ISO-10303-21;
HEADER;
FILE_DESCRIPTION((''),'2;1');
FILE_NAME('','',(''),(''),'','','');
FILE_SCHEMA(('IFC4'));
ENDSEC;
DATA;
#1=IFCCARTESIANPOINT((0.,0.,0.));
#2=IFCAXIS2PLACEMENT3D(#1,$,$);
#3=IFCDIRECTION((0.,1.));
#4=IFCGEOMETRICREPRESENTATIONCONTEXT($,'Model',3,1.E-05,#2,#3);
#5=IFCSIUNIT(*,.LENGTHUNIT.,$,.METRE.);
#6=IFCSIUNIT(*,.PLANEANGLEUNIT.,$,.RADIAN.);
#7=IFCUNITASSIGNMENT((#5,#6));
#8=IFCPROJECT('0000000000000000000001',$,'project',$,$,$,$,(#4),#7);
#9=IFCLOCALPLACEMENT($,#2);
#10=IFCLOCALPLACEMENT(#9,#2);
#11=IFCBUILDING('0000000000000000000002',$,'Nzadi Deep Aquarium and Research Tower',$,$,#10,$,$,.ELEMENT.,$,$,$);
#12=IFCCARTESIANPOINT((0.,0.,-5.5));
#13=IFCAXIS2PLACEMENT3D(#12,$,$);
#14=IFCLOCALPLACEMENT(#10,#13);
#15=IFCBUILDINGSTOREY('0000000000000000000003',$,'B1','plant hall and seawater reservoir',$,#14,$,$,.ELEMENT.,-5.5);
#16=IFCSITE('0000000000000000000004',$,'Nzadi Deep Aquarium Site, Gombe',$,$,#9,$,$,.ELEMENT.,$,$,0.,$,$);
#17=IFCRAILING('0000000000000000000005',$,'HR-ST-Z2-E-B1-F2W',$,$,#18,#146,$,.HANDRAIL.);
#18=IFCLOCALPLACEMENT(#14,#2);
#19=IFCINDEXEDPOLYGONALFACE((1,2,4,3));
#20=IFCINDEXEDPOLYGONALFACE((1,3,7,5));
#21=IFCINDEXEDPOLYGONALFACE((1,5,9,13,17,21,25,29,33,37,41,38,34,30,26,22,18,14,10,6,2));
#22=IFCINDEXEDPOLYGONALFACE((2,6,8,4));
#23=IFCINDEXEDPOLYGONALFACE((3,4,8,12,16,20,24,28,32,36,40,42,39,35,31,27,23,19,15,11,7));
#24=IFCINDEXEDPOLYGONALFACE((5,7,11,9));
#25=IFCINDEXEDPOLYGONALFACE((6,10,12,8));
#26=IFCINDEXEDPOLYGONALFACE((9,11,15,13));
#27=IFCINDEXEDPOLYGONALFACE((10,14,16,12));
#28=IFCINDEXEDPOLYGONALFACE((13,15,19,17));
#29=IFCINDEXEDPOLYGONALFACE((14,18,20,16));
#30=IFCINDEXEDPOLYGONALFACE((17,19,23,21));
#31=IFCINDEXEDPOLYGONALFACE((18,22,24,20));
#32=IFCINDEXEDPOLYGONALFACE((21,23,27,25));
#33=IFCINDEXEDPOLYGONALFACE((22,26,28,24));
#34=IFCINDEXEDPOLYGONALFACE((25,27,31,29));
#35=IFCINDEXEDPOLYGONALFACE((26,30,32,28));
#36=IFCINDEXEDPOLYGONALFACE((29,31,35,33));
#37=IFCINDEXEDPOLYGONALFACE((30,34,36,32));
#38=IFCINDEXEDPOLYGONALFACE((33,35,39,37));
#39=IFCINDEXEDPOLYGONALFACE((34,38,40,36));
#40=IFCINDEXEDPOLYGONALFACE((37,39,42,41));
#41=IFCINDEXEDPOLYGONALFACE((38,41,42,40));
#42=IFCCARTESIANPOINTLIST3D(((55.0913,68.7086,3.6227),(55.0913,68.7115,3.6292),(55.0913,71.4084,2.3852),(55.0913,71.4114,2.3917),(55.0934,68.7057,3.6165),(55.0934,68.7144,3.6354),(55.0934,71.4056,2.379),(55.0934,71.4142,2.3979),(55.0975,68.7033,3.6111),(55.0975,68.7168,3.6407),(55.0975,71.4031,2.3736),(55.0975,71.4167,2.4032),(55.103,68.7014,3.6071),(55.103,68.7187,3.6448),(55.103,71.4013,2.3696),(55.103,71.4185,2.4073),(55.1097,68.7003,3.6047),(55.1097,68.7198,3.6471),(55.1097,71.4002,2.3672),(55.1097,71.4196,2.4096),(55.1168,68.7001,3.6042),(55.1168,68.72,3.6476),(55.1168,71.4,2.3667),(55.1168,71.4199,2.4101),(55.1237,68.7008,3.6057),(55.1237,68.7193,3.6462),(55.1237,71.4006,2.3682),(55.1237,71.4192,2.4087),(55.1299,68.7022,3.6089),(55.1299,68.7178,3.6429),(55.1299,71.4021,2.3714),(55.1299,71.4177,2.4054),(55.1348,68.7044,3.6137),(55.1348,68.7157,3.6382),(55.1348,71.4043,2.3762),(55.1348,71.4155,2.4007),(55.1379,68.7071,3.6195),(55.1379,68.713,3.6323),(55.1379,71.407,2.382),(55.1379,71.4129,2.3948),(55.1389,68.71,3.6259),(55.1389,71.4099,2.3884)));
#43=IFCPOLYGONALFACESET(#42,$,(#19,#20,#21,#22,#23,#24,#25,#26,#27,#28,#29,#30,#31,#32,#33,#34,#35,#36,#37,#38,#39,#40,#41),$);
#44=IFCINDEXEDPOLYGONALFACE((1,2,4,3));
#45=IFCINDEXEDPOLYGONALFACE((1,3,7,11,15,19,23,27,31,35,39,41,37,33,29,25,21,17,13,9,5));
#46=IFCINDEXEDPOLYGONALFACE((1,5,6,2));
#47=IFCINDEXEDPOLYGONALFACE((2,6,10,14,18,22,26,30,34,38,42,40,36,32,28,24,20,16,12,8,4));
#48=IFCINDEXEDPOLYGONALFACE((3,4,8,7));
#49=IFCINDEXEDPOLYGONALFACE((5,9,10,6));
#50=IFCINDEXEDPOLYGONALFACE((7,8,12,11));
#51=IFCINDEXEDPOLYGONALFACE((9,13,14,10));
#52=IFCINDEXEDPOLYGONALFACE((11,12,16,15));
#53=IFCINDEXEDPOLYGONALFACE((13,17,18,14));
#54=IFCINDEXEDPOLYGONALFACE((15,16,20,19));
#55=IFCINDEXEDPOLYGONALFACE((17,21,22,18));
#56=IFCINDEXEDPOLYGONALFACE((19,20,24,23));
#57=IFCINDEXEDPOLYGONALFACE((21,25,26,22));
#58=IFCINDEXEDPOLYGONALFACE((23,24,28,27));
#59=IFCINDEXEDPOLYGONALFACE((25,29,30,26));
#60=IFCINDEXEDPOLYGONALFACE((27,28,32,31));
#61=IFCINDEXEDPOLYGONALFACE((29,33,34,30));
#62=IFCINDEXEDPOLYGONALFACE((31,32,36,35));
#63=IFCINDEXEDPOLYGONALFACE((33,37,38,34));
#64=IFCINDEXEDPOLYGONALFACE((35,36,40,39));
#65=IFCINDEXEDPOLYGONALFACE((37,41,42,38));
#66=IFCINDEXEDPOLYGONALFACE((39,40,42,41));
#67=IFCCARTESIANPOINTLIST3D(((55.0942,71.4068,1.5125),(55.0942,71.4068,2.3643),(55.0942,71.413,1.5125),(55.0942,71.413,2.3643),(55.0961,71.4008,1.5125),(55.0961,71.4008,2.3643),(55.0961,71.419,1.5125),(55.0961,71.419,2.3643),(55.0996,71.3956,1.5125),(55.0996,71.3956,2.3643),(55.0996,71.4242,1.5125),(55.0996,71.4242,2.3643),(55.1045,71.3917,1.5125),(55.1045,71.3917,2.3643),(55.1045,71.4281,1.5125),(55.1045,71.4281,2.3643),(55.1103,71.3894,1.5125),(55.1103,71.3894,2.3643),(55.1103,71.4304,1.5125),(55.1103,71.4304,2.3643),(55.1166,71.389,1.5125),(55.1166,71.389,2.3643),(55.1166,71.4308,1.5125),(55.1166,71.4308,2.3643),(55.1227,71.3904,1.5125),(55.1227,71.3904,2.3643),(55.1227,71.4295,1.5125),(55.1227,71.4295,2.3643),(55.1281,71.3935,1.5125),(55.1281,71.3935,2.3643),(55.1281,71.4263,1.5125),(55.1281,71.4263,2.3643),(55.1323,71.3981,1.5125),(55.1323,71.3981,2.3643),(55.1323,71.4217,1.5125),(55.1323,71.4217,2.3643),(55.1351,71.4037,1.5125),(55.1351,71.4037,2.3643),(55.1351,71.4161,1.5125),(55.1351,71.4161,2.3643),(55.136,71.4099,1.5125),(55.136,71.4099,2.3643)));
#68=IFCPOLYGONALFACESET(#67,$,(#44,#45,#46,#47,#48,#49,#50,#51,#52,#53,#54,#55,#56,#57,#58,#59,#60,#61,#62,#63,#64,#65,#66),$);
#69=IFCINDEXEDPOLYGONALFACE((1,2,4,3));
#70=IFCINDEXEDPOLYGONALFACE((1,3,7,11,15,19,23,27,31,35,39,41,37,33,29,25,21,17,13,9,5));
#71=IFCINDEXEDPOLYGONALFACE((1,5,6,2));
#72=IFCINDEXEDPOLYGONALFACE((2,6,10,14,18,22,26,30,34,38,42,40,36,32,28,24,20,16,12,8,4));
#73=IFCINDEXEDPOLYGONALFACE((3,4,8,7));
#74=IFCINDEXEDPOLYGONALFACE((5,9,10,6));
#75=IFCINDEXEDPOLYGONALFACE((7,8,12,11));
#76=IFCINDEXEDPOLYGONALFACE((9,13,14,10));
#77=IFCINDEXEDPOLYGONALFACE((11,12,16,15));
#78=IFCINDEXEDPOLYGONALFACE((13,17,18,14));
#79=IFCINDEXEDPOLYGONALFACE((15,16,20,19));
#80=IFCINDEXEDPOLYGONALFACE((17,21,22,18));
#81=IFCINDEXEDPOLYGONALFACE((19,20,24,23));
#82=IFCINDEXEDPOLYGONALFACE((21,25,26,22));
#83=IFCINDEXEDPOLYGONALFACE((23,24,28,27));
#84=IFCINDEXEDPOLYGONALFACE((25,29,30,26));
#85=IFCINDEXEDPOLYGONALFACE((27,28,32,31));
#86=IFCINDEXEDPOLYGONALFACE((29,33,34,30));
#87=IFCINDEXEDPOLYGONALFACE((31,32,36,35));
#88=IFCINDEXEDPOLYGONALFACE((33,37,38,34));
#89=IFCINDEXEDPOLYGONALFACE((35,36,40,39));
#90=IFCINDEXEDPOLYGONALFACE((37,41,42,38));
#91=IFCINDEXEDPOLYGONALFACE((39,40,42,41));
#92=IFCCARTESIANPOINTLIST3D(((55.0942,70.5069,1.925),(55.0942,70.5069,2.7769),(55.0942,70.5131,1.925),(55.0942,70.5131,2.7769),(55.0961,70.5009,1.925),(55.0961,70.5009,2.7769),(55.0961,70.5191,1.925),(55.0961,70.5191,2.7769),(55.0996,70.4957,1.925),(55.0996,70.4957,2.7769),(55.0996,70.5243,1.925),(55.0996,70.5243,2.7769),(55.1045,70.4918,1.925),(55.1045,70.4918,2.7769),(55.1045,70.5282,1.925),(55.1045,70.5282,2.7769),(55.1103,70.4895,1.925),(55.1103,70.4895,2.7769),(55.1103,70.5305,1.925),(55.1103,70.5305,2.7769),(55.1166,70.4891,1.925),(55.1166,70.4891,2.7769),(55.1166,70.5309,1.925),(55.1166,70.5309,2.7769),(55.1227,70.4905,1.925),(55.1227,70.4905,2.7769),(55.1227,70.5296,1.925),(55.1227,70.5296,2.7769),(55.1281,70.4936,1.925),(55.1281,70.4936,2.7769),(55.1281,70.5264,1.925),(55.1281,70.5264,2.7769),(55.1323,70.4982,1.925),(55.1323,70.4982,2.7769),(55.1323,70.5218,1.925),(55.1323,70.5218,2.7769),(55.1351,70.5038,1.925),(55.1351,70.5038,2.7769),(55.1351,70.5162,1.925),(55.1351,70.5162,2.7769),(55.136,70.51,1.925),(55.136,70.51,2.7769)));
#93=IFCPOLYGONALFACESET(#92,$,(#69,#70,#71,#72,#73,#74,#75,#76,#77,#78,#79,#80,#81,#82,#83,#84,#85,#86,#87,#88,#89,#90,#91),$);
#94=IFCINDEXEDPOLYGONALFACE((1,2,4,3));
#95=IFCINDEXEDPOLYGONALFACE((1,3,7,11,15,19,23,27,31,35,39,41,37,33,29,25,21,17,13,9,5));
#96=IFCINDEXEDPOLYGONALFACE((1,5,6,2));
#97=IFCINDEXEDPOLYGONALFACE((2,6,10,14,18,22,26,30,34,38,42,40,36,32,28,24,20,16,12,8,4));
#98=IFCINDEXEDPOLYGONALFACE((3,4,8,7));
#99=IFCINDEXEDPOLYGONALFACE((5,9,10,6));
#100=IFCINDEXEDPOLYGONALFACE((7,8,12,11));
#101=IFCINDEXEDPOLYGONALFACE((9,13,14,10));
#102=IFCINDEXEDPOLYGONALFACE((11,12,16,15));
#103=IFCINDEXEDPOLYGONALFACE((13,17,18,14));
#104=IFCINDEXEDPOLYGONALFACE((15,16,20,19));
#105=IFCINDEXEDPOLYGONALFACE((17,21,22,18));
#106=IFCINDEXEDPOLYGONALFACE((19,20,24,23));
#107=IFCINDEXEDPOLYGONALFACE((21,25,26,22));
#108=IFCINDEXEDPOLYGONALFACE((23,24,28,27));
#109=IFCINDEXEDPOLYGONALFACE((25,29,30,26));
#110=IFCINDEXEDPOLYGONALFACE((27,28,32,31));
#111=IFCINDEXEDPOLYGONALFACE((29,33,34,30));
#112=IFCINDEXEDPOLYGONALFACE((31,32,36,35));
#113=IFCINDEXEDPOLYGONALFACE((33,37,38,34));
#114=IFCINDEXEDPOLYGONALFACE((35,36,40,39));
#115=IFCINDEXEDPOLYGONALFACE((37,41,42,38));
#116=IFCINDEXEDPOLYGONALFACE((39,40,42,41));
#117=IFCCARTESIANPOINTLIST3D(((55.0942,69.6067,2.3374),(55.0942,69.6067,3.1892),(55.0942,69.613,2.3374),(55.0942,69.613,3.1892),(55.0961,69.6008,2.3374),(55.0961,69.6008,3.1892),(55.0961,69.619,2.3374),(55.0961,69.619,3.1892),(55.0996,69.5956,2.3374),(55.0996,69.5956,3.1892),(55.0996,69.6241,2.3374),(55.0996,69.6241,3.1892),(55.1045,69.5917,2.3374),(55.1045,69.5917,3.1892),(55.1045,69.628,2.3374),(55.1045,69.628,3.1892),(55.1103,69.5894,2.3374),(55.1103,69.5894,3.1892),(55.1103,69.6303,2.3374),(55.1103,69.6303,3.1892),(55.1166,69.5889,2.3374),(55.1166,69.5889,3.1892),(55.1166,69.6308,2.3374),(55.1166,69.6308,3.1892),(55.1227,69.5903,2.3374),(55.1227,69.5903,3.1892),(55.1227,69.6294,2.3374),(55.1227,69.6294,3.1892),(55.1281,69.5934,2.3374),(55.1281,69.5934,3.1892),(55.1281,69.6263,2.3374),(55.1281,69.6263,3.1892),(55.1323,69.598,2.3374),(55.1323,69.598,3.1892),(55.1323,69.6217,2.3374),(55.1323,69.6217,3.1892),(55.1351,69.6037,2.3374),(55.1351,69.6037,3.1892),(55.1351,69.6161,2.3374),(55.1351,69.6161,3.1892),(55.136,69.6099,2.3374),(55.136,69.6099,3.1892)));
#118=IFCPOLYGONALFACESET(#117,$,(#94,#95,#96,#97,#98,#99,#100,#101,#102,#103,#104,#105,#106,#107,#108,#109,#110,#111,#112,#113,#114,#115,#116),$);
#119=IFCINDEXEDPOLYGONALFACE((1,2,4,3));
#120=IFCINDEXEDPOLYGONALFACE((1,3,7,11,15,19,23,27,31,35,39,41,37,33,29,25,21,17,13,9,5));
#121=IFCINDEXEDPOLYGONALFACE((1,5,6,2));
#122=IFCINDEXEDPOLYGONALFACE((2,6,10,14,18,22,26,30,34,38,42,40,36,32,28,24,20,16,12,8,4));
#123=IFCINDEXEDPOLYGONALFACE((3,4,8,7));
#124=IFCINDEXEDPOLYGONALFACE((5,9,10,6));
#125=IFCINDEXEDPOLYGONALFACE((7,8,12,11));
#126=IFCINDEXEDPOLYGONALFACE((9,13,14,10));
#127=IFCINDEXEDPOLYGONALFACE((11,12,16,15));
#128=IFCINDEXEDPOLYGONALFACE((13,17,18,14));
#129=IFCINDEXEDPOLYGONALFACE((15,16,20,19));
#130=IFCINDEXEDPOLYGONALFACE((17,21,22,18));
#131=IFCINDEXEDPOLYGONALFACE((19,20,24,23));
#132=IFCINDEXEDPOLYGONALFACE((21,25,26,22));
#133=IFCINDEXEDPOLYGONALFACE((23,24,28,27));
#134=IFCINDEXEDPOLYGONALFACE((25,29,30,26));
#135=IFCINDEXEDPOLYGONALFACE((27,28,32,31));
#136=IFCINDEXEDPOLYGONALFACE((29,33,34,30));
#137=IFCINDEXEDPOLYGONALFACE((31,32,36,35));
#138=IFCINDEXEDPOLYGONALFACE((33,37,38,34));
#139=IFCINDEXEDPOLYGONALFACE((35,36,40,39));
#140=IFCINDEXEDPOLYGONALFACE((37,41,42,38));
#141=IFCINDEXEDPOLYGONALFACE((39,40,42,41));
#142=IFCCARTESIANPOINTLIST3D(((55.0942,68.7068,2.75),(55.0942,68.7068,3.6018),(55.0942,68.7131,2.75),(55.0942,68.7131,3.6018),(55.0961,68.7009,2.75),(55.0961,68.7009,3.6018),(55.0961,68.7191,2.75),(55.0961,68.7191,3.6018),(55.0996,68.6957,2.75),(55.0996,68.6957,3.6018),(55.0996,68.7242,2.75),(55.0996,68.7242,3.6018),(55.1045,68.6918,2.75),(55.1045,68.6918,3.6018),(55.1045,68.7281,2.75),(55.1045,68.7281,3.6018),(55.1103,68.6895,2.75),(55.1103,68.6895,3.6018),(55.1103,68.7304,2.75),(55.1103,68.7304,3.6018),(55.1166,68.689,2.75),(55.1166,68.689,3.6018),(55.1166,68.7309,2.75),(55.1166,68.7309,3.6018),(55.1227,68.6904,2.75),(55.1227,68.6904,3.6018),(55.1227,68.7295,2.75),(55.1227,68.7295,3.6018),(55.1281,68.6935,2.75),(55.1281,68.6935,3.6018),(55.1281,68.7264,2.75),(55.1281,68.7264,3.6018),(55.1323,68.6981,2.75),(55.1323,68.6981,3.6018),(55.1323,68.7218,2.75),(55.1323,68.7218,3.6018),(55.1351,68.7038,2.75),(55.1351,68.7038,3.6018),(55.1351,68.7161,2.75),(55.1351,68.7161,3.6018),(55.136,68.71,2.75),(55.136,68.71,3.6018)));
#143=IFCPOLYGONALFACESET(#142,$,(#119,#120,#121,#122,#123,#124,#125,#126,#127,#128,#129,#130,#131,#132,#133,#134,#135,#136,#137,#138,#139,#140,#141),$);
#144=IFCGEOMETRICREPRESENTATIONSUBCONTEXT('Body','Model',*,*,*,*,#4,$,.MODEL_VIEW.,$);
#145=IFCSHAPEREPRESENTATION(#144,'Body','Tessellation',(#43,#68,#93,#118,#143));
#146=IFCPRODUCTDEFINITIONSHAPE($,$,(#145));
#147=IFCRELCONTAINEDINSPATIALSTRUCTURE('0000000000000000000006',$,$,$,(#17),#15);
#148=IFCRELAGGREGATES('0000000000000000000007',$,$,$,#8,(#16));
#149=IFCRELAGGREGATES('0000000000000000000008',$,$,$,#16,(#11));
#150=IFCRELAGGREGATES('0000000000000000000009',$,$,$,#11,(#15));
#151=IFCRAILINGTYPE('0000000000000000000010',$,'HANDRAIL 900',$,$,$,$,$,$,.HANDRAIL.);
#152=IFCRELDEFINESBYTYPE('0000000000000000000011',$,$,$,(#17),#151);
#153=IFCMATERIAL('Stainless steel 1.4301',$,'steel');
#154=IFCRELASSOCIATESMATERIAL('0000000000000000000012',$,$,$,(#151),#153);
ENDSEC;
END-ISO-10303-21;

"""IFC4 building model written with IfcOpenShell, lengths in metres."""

from ifc_helpers import new_model, si_unit, direction, frame, origin, origin_2d, place, context, subcontext, project, spatial, circle, extrude, material, type_object, element, save


model = new_model("IFC4")

# Units and contexts
model_context = context("Model", 3, precision=1e-05, world=origin(), true_north=direction((0.0, 1.0)))
body_context = subcontext(model_context, "Body", "Model", "MODEL_VIEW")
ifc_project = project(units=[si_unit("LENGTHUNIT", "METRE"), si_unit("PLANEANGLEUNIT", "RADIAN")], contexts=[model_context])

# Site, building, storey
site_placement = place(None, origin())
site = spatial("IfcSite", under=ifc_project, at=site_placement, Name="Nzadi Deep Aquarium Site, Gombe", CompositionType="ELEMENT", RefElevation=0.0)
building_placement = place(site_placement, origin())
building = spatial("IfcBuilding", under=site, at=building_placement, Name="Nzadi Deep Aquarium and Research Tower", CompositionType="ELEMENT")
storey_placement = place(building_placement, frame((0.0, 0.0, -5.5)))
storey = spatial("IfcBuildingStorey", under=building, at=storey_placement, Name="B1", Description="plant hall and seawater reservoir", CompositionType="ELEMENT", Elevation=-5.5)

# Railing
ifc_material_1 = material(Name="Stainless steel 1.4301", Category="steel")
railing_type = type_object("IfcRailingType", Name="HANDRAIL 900", PredefinedType="HANDRAIL", material=ifc_material_1)
railing_placement = place(storey_placement, frame((55.115, 71.4099, 1.5125)))
element("IfcRailing", 1, at=railing_placement, inside=storey, type_object=railing_type, Name="HR-ST-Z2-E-B1-F2W", PredefinedType="HANDRAIL", context=body_context, shape_type="SweptSolid", body=[
    extrude(circle(Radius=0.0239, at=origin_2d()), frame((0.0, 0.0, 0.876), z_axis=(0.0, -0.909056, 0.416675), x_axis=(1.0, 0.0, 0.0)), (0.0, 0.0, 1.0), 2.97),
    extrude(circle(Radius=0.021, at=origin_2d()), origin(), (0.0, 0.0, 1.0), 0.8518),
    extrude(circle(Radius=0.021, at=origin_2d()), frame((0.0, -0.8999, 0.4126)), (0.0, 0.0, 1.0), 0.8518),
    extrude(circle(Radius=0.021, at=origin_2d()), frame((0.0, -1.8, 0.825)), (0.0, 0.0, 1.0), 0.8518),
    extrude(circle(Radius=0.021, at=origin_2d()), frame((0.0, -2.7, 1.2375)), (0.0, 0.0, 1.0), 0.8518),
])

save(model, "model.ifc")
